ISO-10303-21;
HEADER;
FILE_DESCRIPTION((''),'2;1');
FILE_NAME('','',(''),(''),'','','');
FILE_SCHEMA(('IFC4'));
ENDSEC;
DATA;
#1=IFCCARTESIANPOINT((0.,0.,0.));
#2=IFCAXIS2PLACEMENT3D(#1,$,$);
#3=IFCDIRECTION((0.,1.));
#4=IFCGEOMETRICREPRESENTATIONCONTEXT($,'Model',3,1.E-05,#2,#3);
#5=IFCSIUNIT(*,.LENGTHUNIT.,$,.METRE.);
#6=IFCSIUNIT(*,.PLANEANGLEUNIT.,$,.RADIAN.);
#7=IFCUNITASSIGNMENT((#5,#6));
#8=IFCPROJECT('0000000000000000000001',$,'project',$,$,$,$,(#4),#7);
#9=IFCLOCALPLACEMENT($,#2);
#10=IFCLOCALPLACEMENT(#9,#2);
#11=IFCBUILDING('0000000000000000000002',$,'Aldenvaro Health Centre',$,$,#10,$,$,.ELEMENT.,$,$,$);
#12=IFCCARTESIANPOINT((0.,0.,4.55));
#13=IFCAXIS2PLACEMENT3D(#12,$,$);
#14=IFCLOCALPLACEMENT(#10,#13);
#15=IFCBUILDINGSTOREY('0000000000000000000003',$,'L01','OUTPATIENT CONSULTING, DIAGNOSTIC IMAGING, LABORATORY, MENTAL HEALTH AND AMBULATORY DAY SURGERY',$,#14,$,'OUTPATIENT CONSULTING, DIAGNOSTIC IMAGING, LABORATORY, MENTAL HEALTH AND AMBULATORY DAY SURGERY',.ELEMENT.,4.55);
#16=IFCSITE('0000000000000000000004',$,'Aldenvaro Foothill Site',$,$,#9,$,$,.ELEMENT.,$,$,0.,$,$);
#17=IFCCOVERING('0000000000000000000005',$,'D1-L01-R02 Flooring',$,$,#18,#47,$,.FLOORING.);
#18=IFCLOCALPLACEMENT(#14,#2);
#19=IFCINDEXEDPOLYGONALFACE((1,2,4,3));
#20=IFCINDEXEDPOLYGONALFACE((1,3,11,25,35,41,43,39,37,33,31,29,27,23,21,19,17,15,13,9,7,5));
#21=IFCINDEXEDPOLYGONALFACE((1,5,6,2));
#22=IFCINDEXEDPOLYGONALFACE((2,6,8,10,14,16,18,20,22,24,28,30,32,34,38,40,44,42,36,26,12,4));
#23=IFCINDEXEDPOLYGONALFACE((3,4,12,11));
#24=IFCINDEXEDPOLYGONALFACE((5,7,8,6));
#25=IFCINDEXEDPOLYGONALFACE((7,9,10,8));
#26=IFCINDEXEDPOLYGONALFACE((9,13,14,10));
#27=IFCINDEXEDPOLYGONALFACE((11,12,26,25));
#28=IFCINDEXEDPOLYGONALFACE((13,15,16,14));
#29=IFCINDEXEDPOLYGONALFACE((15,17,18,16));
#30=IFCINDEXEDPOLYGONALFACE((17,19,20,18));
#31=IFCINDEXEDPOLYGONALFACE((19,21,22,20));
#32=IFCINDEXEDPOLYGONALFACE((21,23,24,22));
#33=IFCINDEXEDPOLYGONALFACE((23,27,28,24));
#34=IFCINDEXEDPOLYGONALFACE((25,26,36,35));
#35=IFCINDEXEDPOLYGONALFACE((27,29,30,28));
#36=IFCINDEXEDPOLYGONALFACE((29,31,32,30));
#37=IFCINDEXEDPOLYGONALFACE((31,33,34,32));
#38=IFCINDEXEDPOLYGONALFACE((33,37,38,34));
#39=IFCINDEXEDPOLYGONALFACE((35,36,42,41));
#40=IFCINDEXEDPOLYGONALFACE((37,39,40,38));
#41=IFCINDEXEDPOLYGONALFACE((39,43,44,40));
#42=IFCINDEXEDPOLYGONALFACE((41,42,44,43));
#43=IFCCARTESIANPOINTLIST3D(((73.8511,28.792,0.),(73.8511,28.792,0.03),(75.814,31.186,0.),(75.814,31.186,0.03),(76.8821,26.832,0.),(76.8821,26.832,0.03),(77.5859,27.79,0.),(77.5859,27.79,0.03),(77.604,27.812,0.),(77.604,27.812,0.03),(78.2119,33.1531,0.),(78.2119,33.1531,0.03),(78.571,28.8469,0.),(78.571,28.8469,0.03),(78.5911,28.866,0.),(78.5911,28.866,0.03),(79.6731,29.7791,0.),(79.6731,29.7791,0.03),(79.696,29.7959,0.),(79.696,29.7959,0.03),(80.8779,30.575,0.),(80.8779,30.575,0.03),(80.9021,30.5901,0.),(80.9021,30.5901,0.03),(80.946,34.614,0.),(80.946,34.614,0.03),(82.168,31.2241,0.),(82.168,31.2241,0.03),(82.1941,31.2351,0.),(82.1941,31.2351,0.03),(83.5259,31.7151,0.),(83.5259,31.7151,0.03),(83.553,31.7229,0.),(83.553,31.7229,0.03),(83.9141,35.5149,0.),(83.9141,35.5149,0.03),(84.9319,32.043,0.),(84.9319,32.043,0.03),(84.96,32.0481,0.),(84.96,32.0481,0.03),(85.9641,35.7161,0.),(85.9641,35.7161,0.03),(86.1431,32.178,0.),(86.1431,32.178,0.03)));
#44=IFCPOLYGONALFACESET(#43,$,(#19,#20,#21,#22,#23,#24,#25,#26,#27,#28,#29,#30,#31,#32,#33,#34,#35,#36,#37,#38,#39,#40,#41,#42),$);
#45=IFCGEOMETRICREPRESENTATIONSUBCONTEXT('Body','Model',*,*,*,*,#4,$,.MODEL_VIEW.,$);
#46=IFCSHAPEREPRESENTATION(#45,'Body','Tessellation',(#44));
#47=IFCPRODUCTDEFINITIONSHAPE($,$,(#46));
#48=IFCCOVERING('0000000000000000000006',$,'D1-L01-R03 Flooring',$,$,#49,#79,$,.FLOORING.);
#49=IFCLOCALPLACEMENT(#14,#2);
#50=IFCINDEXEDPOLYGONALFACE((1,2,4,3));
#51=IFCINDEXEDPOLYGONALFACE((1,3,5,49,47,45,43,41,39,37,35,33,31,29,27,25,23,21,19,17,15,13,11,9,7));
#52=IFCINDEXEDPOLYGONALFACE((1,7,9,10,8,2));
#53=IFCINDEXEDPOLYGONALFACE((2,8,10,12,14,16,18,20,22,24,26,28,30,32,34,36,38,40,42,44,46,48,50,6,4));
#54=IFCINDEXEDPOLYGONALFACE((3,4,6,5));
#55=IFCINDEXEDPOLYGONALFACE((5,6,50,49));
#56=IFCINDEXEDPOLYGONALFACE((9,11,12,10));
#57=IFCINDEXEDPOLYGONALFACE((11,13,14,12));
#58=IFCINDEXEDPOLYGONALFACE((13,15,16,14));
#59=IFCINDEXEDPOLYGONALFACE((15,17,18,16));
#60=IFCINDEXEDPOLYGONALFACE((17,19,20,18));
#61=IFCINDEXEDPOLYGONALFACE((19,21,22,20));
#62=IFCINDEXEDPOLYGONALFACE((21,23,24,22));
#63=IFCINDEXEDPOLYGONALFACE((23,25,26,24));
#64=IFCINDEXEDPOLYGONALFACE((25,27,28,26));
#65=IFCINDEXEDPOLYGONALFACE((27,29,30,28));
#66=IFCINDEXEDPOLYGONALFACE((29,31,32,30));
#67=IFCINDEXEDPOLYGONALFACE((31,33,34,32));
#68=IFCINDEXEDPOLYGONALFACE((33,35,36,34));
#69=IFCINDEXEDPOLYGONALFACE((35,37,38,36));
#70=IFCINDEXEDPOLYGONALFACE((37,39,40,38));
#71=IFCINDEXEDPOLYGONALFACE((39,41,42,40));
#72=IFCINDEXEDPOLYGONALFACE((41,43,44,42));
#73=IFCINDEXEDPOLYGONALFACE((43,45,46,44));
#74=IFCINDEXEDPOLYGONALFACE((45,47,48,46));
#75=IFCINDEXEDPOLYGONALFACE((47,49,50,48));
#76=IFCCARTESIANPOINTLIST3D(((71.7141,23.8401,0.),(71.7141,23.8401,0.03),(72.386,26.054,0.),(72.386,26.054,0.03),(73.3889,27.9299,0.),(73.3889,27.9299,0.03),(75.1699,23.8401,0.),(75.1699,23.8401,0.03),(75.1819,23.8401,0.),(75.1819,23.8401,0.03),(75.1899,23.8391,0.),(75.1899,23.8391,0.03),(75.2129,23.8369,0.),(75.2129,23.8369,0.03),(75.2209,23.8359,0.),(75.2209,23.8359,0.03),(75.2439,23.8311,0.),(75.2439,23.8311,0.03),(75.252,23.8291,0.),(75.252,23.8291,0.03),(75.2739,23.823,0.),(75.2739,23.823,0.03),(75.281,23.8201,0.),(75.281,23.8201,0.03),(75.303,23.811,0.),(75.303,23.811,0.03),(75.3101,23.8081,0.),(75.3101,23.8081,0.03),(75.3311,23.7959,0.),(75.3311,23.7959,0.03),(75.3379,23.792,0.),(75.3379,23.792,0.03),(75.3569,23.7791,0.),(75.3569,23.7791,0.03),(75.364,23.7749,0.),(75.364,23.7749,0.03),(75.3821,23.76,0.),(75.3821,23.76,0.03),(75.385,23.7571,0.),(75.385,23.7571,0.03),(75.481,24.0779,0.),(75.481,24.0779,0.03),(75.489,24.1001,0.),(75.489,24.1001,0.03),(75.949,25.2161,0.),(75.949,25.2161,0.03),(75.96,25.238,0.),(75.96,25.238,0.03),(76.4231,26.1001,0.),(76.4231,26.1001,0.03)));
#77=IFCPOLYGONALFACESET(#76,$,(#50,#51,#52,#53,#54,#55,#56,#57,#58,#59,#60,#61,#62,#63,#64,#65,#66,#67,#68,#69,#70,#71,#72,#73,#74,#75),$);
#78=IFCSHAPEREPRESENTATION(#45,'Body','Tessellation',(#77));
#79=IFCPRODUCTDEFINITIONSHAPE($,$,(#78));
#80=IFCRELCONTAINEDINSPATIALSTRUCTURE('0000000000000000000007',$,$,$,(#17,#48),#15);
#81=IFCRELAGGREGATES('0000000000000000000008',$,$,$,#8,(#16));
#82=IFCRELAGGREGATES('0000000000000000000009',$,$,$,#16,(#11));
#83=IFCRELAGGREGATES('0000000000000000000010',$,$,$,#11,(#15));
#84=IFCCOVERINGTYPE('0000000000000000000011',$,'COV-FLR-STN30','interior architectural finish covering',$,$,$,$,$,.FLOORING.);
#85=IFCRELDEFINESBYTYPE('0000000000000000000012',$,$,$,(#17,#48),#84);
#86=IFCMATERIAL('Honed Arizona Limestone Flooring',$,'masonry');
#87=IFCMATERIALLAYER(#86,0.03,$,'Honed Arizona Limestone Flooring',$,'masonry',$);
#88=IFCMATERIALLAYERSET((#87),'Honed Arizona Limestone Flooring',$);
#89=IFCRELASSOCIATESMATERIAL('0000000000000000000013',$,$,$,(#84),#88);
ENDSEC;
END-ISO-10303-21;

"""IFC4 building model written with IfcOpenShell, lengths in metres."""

from ifc_helpers import new_model, si_unit, direction, frame, origin, place, context, subcontext, project, spatial, polyline, outline, extrude, material, layer, layer_set, type_object, element, save


model = new_model("IFC4")

# Units and contexts
model_context = context("Model", 3, precision=1e-05, world=origin(), true_north=direction((0.0, 1.0)))
body_context = subcontext(model_context, "Body", "Model", "MODEL_VIEW")
ifc_project = project(units=[si_unit("LENGTHUNIT", "METRE"), si_unit("PLANEANGLEUNIT", "RADIAN")], contexts=[model_context])

# Site, building, storey
site_placement = place(None, origin())
site = spatial("IfcSite", under=ifc_project, at=site_placement, Name="Aldenvaro Foothill Site", CompositionType="ELEMENT", RefElevation=0.0)
building_placement = place(site_placement, origin())
building = spatial("IfcBuilding", under=site, at=building_placement, Name="Aldenvaro Health Centre", CompositionType="ELEMENT")
storey_placement = place(building_placement, frame((0.0, 0.0, 4.55)))
storey = spatial("IfcBuildingStorey", under=building, at=storey_placement, Name="L01", Description="OUTPATIENT CONSULTING, DIAGNOSTIC IMAGING, LABORATORY, MENTAL HEALTH AND AMBULATORY DAY SURGERY", LongName="OUTPATIENT CONSULTING, DIAGNOSTIC IMAGING, LABORATORY, MENTAL HEALTH AND AMBULATORY DAY SURGERY", CompositionType="ELEMENT", Elevation=4.55)

# Coverings
ifc_material_1 = material(Name="Honed Arizona Limestone Flooring", Category="masonry")
ifc_layer_1 = layer(ifc_material_1, 0.03, Name="Honed Arizona Limestone Flooring", Category="masonry")
ifc_layer_set_1 = layer_set([ifc_layer_1], Name="Honed Arizona Limestone Flooring")
covering_type_1 = type_object("IfcCoveringType", Name="COV-FLR-STN30", Description="interior architectural finish covering", PredefinedType="FLOORING", material=ifc_layer_set_1)
covering_1_placement = place(storey_placement, origin())
element("IfcCovering", 1, at=covering_1_placement, inside=storey, type_object=covering_type_1, Name="D1-L01-R02 Flooring", PredefinedType="FLOORING", context=body_context, shape_type="SweptSolid", body=[
    extrude(outline(polyline([(73.8511, 28.792), (75.814, 31.186), (78.2119, 33.1531), (80.946, 34.614), (83.9141, 35.5149), (85.9641, 35.7161), (86.1431, 32.178), (84.96, 32.0481), (84.9319, 32.043), (83.553, 31.7229), (83.5259, 31.7151), (82.1941, 31.2351), (82.168, 31.2241), (80.9021, 30.5901), (80.8779, 30.575), (79.696, 29.7959), (79.6731, 29.7791), (78.5911, 28.866), (78.571, 28.8469), (77.604, 27.812), (77.5859, 27.79), (76.8821, 26.832), (73.8511, 28.792)])), origin(), (0.0, 0.0, 1.0), 0.03),
])
covering_2_placement = place(storey_placement, origin())
element("IfcCovering", 2, at=covering_2_placement, inside=storey, type_object=covering_type_1, Name="D1-L01-R03 Flooring", PredefinedType="FLOORING", context=body_context, shape_type="SweptSolid", body=[
    extrude(outline(polyline([(75.385, 23.7571), (75.3821, 23.76), (75.364, 23.7749), (75.3569, 23.7791), (75.3379, 23.792), (75.3311, 23.7959), (75.3101, 23.8081), (75.303, 23.811), (75.281, 23.8201), (75.2739, 23.823), (75.252, 23.8291), (75.2439, 23.8311), (75.2209, 23.8359), (75.2129, 23.8369), (75.1899, 23.8391), (75.1819, 23.8401), (75.1699, 23.8401), (71.7141, 23.8401), (72.386, 26.054), (73.3889, 27.9299), (76.4231, 26.1001), (75.96, 25.238), (75.949, 25.2161), (75.489, 24.1001), (75.481, 24.0779), (75.385, 23.7571)])), origin(), (0.0, 0.0, 1.0), 0.03),
])

save(model, "model.ifc")
